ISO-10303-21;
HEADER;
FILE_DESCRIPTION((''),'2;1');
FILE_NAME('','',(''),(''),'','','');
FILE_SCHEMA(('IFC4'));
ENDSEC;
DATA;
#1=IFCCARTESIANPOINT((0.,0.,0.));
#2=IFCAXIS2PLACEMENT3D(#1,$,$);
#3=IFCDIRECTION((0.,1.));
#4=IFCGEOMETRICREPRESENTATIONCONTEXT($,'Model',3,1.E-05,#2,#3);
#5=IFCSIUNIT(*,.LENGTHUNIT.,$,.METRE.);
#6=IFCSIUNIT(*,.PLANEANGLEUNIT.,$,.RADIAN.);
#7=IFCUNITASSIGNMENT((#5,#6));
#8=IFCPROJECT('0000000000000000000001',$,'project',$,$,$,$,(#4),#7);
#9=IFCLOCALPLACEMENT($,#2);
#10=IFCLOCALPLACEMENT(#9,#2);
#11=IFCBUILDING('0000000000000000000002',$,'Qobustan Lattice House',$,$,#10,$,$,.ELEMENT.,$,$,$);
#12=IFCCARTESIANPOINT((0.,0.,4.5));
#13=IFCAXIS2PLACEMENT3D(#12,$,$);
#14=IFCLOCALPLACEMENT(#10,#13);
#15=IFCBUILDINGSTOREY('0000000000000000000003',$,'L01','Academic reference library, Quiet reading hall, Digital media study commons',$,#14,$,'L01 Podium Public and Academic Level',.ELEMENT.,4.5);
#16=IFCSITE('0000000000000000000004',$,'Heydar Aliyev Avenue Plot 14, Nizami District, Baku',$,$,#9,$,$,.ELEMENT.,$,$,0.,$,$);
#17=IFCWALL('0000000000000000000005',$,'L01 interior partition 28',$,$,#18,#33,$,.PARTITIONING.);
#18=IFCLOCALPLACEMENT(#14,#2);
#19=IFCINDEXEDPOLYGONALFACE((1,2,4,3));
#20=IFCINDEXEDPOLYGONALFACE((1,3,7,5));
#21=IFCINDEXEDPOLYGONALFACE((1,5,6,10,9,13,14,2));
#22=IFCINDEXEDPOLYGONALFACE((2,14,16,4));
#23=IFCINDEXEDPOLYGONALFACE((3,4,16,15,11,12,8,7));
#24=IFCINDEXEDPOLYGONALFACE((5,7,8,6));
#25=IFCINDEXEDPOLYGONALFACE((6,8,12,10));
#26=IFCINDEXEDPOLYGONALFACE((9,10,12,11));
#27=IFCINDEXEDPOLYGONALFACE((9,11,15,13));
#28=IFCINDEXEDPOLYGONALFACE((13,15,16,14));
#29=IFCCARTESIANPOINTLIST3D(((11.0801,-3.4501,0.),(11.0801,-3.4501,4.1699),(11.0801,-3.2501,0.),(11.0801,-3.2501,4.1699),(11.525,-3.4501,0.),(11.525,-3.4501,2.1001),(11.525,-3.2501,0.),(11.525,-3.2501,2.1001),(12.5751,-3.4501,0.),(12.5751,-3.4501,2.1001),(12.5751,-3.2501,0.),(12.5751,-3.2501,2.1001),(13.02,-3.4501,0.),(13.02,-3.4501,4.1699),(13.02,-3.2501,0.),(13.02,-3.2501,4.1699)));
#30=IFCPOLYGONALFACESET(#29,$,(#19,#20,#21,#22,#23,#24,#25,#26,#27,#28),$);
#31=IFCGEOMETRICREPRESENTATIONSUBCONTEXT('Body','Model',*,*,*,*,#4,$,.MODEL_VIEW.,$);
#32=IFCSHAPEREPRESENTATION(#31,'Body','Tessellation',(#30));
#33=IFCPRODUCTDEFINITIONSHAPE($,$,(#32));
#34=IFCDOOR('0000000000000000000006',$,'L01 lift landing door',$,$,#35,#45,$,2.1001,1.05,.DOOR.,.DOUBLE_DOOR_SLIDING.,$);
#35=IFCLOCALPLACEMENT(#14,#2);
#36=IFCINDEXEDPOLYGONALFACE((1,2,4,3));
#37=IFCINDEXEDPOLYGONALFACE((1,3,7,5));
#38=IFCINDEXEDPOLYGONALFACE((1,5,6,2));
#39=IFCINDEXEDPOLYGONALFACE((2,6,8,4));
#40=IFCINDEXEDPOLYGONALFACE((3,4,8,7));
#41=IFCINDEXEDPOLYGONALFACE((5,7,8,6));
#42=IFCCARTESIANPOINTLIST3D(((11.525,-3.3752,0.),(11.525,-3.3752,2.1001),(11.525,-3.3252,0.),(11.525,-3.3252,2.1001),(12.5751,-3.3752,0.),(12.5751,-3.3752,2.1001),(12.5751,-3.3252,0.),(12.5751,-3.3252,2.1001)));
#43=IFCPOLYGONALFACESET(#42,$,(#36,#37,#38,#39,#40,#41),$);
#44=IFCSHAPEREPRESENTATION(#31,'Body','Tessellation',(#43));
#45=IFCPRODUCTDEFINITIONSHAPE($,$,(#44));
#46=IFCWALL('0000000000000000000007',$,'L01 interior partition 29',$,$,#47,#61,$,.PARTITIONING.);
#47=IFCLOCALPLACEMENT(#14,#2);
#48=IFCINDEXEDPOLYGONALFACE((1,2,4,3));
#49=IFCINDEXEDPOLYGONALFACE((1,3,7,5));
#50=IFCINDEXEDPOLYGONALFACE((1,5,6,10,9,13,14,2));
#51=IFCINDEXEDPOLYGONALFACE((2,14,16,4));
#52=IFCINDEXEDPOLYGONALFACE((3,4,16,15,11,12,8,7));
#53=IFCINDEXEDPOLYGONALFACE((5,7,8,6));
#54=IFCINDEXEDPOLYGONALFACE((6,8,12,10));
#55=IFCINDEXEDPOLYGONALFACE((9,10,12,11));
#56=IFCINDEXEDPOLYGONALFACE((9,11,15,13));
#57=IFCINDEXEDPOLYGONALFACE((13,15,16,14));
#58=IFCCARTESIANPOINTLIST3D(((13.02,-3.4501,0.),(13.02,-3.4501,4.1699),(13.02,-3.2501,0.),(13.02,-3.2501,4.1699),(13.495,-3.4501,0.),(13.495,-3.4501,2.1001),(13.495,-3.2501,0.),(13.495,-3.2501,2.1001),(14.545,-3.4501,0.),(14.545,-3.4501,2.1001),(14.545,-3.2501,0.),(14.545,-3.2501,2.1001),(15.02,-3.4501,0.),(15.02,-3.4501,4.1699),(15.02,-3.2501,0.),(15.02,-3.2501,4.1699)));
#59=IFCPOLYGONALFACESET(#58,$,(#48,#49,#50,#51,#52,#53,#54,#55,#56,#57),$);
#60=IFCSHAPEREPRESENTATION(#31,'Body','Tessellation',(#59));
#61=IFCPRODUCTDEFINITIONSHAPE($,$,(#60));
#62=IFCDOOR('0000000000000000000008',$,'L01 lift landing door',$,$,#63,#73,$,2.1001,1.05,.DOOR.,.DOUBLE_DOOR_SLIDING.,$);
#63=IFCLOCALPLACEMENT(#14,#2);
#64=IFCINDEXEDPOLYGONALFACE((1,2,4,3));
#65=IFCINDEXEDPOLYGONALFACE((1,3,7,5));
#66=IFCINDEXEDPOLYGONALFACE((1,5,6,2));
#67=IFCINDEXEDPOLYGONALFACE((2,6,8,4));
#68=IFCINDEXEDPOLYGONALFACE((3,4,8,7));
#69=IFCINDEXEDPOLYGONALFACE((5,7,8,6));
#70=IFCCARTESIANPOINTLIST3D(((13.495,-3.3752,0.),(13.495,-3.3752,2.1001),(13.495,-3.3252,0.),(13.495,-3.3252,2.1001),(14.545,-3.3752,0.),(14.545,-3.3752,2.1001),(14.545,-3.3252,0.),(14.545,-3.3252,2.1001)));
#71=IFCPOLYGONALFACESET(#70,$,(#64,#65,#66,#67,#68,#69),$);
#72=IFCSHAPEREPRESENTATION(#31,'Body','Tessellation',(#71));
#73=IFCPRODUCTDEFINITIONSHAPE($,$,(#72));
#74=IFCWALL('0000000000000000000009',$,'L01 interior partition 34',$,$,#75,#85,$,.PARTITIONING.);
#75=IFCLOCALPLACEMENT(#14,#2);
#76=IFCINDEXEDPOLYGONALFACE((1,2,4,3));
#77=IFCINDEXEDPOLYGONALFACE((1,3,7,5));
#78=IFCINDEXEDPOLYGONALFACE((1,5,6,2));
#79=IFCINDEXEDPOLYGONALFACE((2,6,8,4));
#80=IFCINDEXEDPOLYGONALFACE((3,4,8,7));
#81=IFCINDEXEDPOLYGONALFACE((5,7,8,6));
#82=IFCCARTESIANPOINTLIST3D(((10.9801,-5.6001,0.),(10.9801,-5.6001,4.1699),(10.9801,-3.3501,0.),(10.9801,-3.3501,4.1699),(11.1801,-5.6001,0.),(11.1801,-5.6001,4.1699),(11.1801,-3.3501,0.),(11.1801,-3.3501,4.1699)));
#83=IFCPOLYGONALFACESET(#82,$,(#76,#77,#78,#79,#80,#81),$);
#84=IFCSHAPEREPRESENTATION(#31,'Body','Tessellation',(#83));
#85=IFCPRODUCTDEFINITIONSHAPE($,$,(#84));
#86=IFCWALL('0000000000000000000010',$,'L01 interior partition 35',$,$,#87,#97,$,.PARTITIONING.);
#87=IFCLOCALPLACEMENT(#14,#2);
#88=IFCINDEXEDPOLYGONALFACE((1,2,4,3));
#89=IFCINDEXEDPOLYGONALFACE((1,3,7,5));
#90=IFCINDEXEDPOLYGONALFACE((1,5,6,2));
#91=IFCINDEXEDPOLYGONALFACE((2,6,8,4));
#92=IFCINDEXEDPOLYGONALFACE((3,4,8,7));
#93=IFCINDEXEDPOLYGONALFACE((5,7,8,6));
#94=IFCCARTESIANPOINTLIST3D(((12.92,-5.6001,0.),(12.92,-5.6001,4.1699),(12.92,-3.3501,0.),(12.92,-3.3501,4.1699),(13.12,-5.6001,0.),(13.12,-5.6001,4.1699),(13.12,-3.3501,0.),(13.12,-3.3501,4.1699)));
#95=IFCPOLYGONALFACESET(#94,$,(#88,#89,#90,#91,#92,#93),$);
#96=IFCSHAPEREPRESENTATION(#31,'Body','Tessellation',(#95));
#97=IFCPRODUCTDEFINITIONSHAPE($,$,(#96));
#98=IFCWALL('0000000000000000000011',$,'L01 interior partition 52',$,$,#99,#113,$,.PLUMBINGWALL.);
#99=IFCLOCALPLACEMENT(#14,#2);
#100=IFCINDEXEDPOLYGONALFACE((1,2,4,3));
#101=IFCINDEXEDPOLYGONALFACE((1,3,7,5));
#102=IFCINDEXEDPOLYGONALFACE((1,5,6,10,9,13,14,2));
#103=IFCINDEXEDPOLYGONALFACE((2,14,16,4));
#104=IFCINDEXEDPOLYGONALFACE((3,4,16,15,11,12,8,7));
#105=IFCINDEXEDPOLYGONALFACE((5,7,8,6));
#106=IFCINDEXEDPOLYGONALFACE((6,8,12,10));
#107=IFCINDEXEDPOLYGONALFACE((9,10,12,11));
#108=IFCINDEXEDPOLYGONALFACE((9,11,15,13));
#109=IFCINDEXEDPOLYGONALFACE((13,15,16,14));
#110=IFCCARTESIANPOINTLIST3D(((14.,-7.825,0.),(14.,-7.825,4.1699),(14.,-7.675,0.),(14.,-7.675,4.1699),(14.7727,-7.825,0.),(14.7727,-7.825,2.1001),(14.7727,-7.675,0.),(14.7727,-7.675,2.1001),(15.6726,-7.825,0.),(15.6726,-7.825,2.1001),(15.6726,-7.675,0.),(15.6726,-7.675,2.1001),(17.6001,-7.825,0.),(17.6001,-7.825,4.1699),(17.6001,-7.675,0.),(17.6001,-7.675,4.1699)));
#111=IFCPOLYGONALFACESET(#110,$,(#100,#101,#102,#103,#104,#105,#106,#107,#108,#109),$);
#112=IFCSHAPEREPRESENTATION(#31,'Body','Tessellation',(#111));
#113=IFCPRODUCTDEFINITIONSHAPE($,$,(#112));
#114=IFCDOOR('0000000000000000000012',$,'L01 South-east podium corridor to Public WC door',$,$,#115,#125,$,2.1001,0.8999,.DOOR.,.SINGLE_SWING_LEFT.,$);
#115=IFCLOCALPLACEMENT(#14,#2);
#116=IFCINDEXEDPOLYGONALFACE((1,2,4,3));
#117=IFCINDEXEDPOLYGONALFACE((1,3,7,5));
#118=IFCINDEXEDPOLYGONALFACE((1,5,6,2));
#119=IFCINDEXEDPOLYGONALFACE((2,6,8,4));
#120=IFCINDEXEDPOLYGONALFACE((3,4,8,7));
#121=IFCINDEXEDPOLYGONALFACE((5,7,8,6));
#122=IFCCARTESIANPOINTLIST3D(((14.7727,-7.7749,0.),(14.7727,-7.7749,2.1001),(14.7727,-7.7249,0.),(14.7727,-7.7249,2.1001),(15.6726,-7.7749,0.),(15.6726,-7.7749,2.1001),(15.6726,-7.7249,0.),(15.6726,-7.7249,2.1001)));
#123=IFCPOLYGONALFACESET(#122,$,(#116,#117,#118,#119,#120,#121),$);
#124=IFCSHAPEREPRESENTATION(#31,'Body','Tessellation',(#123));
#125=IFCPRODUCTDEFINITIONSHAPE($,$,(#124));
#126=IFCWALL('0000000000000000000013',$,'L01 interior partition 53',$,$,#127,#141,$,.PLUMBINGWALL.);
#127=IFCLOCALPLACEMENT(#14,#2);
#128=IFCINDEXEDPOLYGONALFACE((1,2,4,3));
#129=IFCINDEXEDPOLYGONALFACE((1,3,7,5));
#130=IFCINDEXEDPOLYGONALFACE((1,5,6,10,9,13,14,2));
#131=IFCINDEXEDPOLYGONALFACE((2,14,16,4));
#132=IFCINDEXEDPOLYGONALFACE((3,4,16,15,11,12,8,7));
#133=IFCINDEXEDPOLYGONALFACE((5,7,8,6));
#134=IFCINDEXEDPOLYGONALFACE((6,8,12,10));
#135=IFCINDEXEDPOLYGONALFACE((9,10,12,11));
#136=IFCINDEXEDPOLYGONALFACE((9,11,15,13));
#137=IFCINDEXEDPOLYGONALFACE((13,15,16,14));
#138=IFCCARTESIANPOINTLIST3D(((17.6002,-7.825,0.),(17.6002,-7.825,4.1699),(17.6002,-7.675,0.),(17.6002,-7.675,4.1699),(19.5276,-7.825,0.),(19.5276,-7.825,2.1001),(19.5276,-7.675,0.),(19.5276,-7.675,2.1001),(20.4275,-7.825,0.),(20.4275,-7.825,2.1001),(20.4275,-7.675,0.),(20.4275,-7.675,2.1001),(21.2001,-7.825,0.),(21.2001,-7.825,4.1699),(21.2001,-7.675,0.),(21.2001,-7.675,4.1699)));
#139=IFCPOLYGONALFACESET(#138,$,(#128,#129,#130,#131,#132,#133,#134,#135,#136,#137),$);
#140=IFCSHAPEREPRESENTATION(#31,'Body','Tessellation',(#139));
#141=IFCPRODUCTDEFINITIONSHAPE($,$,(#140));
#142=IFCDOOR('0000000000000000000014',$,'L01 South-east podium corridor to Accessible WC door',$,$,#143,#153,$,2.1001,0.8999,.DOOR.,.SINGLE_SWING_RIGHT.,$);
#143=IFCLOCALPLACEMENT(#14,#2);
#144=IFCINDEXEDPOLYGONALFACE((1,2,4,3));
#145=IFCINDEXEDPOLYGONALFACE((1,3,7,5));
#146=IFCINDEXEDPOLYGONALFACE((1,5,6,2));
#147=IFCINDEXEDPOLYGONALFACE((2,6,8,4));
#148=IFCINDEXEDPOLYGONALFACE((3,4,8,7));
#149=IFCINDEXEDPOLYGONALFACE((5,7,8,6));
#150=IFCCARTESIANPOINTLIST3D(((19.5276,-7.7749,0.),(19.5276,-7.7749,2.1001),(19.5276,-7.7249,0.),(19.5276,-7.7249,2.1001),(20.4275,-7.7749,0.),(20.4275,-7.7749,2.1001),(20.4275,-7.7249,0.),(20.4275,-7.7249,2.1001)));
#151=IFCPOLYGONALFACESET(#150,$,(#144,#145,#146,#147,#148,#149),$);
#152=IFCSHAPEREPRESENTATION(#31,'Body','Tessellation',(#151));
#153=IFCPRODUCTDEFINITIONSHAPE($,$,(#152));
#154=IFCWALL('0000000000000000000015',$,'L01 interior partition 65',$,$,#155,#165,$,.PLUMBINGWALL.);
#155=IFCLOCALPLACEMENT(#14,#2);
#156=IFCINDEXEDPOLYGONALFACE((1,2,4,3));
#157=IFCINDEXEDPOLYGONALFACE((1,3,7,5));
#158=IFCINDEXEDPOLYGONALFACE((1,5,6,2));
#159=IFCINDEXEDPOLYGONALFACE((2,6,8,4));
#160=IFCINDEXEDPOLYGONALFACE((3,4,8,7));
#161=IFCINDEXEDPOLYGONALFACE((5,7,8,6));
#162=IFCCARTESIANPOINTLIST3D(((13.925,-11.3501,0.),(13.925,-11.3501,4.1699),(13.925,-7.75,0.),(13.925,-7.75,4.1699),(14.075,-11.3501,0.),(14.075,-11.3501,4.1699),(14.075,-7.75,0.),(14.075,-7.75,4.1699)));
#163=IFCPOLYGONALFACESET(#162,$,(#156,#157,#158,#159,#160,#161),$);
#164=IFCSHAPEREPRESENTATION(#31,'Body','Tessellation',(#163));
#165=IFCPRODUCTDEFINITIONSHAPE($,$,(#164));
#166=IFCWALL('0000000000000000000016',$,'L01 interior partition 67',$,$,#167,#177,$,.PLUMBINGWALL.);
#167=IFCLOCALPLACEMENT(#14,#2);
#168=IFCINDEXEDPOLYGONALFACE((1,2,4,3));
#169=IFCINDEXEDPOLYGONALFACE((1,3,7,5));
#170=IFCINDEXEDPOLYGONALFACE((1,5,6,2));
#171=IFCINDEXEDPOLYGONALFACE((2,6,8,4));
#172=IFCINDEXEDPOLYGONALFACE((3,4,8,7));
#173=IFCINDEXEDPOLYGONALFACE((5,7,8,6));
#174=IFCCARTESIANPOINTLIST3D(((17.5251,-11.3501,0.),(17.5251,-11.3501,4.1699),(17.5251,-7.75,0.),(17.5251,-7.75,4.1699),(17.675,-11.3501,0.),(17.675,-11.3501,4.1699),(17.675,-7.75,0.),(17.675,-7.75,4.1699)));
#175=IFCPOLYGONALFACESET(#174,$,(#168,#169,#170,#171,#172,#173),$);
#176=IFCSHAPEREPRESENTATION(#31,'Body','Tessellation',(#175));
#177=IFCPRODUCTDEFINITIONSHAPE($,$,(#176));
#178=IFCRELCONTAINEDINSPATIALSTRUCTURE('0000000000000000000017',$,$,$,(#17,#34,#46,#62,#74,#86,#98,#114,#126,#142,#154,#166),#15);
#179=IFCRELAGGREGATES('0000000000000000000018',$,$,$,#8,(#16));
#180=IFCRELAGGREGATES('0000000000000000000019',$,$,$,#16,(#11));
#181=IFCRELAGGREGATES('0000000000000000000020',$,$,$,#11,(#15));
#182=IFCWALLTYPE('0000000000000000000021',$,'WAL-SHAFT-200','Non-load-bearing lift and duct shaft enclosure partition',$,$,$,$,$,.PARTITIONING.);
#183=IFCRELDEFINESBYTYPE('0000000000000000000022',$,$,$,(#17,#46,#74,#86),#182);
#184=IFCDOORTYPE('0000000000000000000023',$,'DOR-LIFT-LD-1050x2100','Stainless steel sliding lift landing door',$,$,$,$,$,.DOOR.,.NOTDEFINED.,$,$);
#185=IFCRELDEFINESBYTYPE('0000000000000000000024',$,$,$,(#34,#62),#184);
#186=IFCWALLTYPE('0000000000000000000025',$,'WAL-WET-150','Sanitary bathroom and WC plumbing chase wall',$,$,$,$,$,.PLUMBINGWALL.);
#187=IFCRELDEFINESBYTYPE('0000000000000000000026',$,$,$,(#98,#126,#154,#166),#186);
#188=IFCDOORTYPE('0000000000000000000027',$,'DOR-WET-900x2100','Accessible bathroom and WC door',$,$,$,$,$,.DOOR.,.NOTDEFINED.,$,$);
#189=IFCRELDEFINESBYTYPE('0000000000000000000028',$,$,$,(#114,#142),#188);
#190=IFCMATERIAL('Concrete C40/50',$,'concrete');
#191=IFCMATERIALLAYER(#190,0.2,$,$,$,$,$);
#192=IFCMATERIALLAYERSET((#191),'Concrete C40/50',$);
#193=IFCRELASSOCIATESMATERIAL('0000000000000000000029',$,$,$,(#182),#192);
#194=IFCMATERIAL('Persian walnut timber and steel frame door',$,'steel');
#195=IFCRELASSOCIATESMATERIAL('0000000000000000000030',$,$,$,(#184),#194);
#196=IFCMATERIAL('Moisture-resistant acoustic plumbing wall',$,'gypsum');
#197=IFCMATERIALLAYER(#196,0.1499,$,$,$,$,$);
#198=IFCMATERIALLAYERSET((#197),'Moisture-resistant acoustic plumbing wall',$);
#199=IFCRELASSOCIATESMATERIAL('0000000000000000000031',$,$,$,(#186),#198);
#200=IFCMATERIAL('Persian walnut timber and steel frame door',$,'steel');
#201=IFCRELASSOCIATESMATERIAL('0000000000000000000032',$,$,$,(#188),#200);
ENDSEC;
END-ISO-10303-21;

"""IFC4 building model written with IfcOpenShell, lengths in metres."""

from ifc_helpers import new_model, si_unit, direction, frame, frame_2d, origin, place, context, subcontext, project, spatial, rectangle, extrude, material, layer, layer_set, type_object, element, fill, save


model = new_model("IFC4")

# Units and contexts
model_context = context("Model", 3, precision=1e-05, world=origin(), true_north=direction((0.0, 1.0)))
body_context = subcontext(model_context, "Body", "Model", "MODEL_VIEW")
ifc_project = project(units=[si_unit("LENGTHUNIT", "METRE"), si_unit("PLANEANGLEUNIT", "RADIAN")], contexts=[model_context])

# Site, building, storey
site_placement = place(None, origin())
site = spatial("IfcSite", under=ifc_project, at=site_placement, Name="Heydar Aliyev Avenue Plot 14, Nizami District, Baku", CompositionType="ELEMENT", RefElevation=0.0)
building_placement = place(site_placement, origin())
building = spatial("IfcBuilding", under=site, at=building_placement, Name="Qobustan Lattice House", CompositionType="ELEMENT")
storey_placement = place(building_placement, frame((0.0, 0.0, 4.5)))
storey = spatial("IfcBuildingStorey", under=building, at=storey_placement, Name="L01", Description="Academic reference library, Quiet reading hall, Digital media study commons", LongName="L01 Podium Public and Academic Level", CompositionType="ELEMENT", Elevation=4.5)

# Walls, openings, doors
ifc_material_1 = material(Name="Concrete C40/50", Category="concrete")
ifc_layer_1 = layer(ifc_material_1, 0.2)
ifc_layer_set_1 = layer_set([ifc_layer_1], Name="Concrete C40/50")
wall_type_1 = type_object("IfcWallType", Name="WAL-SHAFT-200", Description="Non-load-bearing lift and duct shaft enclosure partition", PredefinedType="PARTITIONING", material=ifc_layer_set_1)
wall_1_placement = place(storey_placement, frame((11.0801, -3.3501, 0.0), z_axis=(0.0, 0.0, 1.0), x_axis=(1.0, 0.0, 0.0)))
wall_1 = element("IfcWall", 1, at=wall_1_placement, inside=storey, type_object=wall_type_1, Name="L01 interior partition 28", PredefinedType="PARTITIONING", context=body_context, shape_type="SweptSolid", body=[
    extrude(rectangle(XDim=1.9399, YDim=0.2, at=frame_2d((0.97, 0.0))), origin(), (0.0, 0.0, 1.0), 4.1699),
])
opening_1_placement = place(wall_1_placement, frame((0.4451, 0.0, 0.0)))
opening_1 = element("IfcOpeningElement", 2, at=opening_1_placement, cuts=wall_1, PredefinedType="OPENING", context=body_context, shape_type="SweptSolid", body=[
    extrude(rectangle(XDim=1.05, YDim=2.1001, at=frame_2d((0.5249, 1.05))), frame((0.0, 0.1099, 0.0), z_axis=(0.0, -1.0, 0.0), x_axis=(1.0, 0.0, 0.0)), (0.0, 0.0, 1.0), 0.22),
])
ifc_material_2 = material(Name="Persian walnut timber and steel frame door", Category="steel")
door_type_1 = type_object("IfcDoorType", Name="DOR-LIFT-LD-1050x2100", Description="Stainless steel sliding lift landing door", OperationType="NOTDEFINED", PredefinedType="DOOR", material=ifc_material_2)
door_1_placement = place(opening_1_placement, origin())
door_1 = element("IfcDoor", 3, at=door_1_placement, inside=storey, type_object=door_type_1, Name="L01 lift landing door", OperationType="DOUBLE_DOOR_SLIDING", OverallHeight=2.1001, OverallWidth=1.05, PredefinedType="DOOR", context=body_context, shape_type="SweptSolid", body=[
    extrude(rectangle(XDim=1.05, YDim=2.1001, at=frame_2d((0.5249, 1.05))), frame((0.0, 0.0249, 0.0), z_axis=(0.0, -1.0, 0.0), x_axis=(1.0, 0.0, 0.0)), (0.0, 0.0, 1.0), 0.05),
])
fill(opening_1, door_1)
wall_2_placement = place(storey_placement, frame((13.02, -3.3501, 0.0), z_axis=(0.0, 0.0, 1.0), x_axis=(1.0, 0.0, 0.0)))
wall_2 = element("IfcWall", 4, at=wall_2_placement, inside=storey, type_object=wall_type_1, Name="L01 interior partition 29", PredefinedType="PARTITIONING", context=body_context, shape_type="SweptSolid", body=[
    extrude(rectangle(XDim=2.0, YDim=0.2, at=frame_2d((1.0, 0.0))), origin(), (0.0, 0.0, 1.0), 4.1699),
])
opening_2_placement = place(wall_2_placement, frame((0.4751, 0.0, 0.0)))
opening_2 = element("IfcOpeningElement", 5, at=opening_2_placement, cuts=wall_2, PredefinedType="OPENING", context=body_context, shape_type="SweptSolid", body=[
    extrude(rectangle(XDim=1.05, YDim=2.1001, at=frame_2d((0.5249, 1.05))), frame((0.0, 0.1099, 0.0), z_axis=(0.0, -1.0, 0.0), x_axis=(1.0, 0.0, 0.0)), (0.0, 0.0, 1.0), 0.22),
])
door_2_placement = place(opening_2_placement, origin())
door_2 = element("IfcDoor", 6, at=door_2_placement, inside=storey, type_object=door_type_1, Name="L01 lift landing door", OperationType="DOUBLE_DOOR_SLIDING", OverallHeight=2.1001, OverallWidth=1.05, PredefinedType="DOOR", context=body_context, shape_type="SweptSolid", body=[
    extrude(rectangle(XDim=1.05, YDim=2.1001, at=frame_2d((0.5249, 1.05))), frame((0.0, 0.0249, 0.0), z_axis=(0.0, -1.0, 0.0), x_axis=(1.0, 0.0, 0.0)), (0.0, 0.0, 1.0), 0.05),
])
fill(opening_2, door_2)

# Walls
for number, where, z_axis, x_axis, name in (
    (7, (11.0801, -5.6001, 0.0), (0.0, 0.0, 1.0), (0.0, 1.0, 0.0), "L01 interior partition 34"),
    (8, (13.02, -5.6001, 0.0), (0.0, 0.0, 1.0), (0.0, 1.0, 0.0), "L01 interior partition 35"),
):
    element("IfcWall", number, at=place(storey_placement, frame(where, z_axis=z_axis, x_axis=x_axis)), inside=storey, type_object=wall_type_1, Name=name, PredefinedType="PARTITIONING", context=body_context, shape_type="SweptSolid", body=[
        extrude(rectangle(XDim=2.25, YDim=0.2, at=frame_2d((1.125, 0.0))), origin(), (0.0, 0.0, 1.0), 4.1699),
    ])

# Walls, openings, doors
ifc_material_3 = material(Name="Moisture-resistant acoustic plumbing wall", Category="gypsum")
ifc_layer_2 = layer(ifc_material_3, 0.1499)
ifc_layer_set_2 = layer_set([ifc_layer_2], Name="Moisture-resistant acoustic plumbing wall")
wall_type_2 = type_object("IfcWallType", Name="WAL-WET-150", Description="Sanitary bathroom and WC plumbing chase wall", PredefinedType="PLUMBINGWALL", material=ifc_layer_set_2)
wall_3_placement = place(storey_placement, frame((17.6001, -7.75, 0.0), z_axis=(0.0, 0.0, 1.0), x_axis=(-1.0, 0.0, 0.0)))
wall_3 = element("IfcWall", 9, at=wall_3_placement, inside=storey, type_object=wall_type_2, Name="L01 interior partition 52", PredefinedType="PLUMBINGWALL", context=body_context, shape_type="SweptSolid", body=[
    extrude(rectangle(XDim=3.6001, YDim=0.1499, at=frame_2d((1.8, 0.0))), origin(), (0.0, 0.0, 1.0), 4.1699),
])
opening_3_placement = place(wall_3_placement, frame((1.9275, 0.0, 0.0)))
opening_3 = element("IfcOpeningElement", 10, at=opening_3_placement, cuts=wall_3, PredefinedType="OPENING", context=body_context, shape_type="SweptSolid", body=[
    extrude(rectangle(XDim=0.8999, YDim=2.1001, at=frame_2d((0.45, 1.05))), frame((0.0, 0.085, 0.0), z_axis=(0.0, -1.0, 0.0), x_axis=(1.0, 0.0, 0.0)), (0.0, 0.0, 1.0), 0.1699),
])
ifc_material_4 = material(Name="Persian walnut timber and steel frame door", Category="steel")
door_type_2 = type_object("IfcDoorType", Name="DOR-WET-900x2100", Description="Accessible bathroom and WC door", OperationType="NOTDEFINED", PredefinedType="DOOR", material=ifc_material_4)
door_3_placement = place(opening_3_placement, origin())
door_3 = element("IfcDoor", 11, at=door_3_placement, inside=storey, type_object=door_type_2, Name="L01 South-east podium corridor to Public WC door", OperationType="SINGLE_SWING_LEFT", OverallHeight=2.1001, OverallWidth=0.8999, PredefinedType="DOOR", context=body_context, shape_type="SweptSolid", body=[
    extrude(rectangle(XDim=0.8999, YDim=2.1001, at=frame_2d((0.45, 1.05))), frame((0.0, 0.0249, 0.0), z_axis=(0.0, -1.0, 0.0), x_axis=(1.0, 0.0, 0.0)), (0.0, 0.0, 1.0), 0.05),
])
fill(opening_3, door_3)
wall_4_placement = place(storey_placement, frame((21.2, -7.75, 0.0), z_axis=(0.0, 0.0, 1.0), x_axis=(-1.0, 0.0, 0.0)))
wall_4 = element("IfcWall", 12, at=wall_4_placement, inside=storey, type_object=wall_type_2, Name="L01 interior partition 53", PredefinedType="PLUMBINGWALL", context=body_context, shape_type="SweptSolid", body=[
    extrude(rectangle(XDim=3.5999, YDim=0.1499, at=frame_2d((1.7998, 0.0))), origin(), (0.0, 0.0, 1.0), 4.1699),
])
opening_4_placement = place(wall_4_placement, frame((0.7725, 0.0, 0.0)))
opening_4 = element("IfcOpeningElement", 13, at=opening_4_placement, cuts=wall_4, PredefinedType="OPENING", context=body_context, shape_type="SweptSolid", body=[
    extrude(rectangle(XDim=0.8999, YDim=2.1001, at=frame_2d((0.45, 1.05))), frame((0.0, 0.085, 0.0), z_axis=(0.0, -1.0, 0.0), x_axis=(1.0, 0.0, 0.0)), (0.0, 0.0, 1.0), 0.1699),
])
door_4_placement = place(opening_4_placement, origin())
door_4 = element("IfcDoor", 14, at=door_4_placement, inside=storey, type_object=door_type_2, Name="L01 South-east podium corridor to Accessible WC door", OperationType="SINGLE_SWING_RIGHT", OverallHeight=2.1001, OverallWidth=0.8999, PredefinedType="DOOR", context=body_context, shape_type="SweptSolid", body=[
    extrude(rectangle(XDim=0.8999, YDim=2.1001, at=frame_2d((0.45, 1.05))), frame((0.0, 0.0249, 0.0), z_axis=(0.0, -1.0, 0.0), x_axis=(1.0, 0.0, 0.0)), (0.0, 0.0, 1.0), 0.05),
])
fill(opening_4, door_4)

# Walls
for number, where, z_axis, x_axis, name in (
    (15, (14.0, -7.75, 0.0), (0.0, 0.0, 1.0), (0.0, -1.0, 0.0), "L01 interior partition 65"),
    (16, (17.6001, -7.75, 0.0), (0.0, 0.0, 1.0), (0.0, -1.0, 0.0), "L01 interior partition 67"),
):
    element("IfcWall", number, at=place(storey_placement, frame(where, z_axis=z_axis, x_axis=x_axis)), inside=storey, type_object=wall_type_2, Name=name, PredefinedType="PLUMBINGWALL", context=body_context, shape_type="SweptSolid", body=[
        extrude(rectangle(XDim=3.6001, YDim=0.1499, at=frame_2d((1.8, 0.0))), origin(), (0.0, 0.0, 1.0), 4.1699),
    ])

save(model, "model.ifc")
